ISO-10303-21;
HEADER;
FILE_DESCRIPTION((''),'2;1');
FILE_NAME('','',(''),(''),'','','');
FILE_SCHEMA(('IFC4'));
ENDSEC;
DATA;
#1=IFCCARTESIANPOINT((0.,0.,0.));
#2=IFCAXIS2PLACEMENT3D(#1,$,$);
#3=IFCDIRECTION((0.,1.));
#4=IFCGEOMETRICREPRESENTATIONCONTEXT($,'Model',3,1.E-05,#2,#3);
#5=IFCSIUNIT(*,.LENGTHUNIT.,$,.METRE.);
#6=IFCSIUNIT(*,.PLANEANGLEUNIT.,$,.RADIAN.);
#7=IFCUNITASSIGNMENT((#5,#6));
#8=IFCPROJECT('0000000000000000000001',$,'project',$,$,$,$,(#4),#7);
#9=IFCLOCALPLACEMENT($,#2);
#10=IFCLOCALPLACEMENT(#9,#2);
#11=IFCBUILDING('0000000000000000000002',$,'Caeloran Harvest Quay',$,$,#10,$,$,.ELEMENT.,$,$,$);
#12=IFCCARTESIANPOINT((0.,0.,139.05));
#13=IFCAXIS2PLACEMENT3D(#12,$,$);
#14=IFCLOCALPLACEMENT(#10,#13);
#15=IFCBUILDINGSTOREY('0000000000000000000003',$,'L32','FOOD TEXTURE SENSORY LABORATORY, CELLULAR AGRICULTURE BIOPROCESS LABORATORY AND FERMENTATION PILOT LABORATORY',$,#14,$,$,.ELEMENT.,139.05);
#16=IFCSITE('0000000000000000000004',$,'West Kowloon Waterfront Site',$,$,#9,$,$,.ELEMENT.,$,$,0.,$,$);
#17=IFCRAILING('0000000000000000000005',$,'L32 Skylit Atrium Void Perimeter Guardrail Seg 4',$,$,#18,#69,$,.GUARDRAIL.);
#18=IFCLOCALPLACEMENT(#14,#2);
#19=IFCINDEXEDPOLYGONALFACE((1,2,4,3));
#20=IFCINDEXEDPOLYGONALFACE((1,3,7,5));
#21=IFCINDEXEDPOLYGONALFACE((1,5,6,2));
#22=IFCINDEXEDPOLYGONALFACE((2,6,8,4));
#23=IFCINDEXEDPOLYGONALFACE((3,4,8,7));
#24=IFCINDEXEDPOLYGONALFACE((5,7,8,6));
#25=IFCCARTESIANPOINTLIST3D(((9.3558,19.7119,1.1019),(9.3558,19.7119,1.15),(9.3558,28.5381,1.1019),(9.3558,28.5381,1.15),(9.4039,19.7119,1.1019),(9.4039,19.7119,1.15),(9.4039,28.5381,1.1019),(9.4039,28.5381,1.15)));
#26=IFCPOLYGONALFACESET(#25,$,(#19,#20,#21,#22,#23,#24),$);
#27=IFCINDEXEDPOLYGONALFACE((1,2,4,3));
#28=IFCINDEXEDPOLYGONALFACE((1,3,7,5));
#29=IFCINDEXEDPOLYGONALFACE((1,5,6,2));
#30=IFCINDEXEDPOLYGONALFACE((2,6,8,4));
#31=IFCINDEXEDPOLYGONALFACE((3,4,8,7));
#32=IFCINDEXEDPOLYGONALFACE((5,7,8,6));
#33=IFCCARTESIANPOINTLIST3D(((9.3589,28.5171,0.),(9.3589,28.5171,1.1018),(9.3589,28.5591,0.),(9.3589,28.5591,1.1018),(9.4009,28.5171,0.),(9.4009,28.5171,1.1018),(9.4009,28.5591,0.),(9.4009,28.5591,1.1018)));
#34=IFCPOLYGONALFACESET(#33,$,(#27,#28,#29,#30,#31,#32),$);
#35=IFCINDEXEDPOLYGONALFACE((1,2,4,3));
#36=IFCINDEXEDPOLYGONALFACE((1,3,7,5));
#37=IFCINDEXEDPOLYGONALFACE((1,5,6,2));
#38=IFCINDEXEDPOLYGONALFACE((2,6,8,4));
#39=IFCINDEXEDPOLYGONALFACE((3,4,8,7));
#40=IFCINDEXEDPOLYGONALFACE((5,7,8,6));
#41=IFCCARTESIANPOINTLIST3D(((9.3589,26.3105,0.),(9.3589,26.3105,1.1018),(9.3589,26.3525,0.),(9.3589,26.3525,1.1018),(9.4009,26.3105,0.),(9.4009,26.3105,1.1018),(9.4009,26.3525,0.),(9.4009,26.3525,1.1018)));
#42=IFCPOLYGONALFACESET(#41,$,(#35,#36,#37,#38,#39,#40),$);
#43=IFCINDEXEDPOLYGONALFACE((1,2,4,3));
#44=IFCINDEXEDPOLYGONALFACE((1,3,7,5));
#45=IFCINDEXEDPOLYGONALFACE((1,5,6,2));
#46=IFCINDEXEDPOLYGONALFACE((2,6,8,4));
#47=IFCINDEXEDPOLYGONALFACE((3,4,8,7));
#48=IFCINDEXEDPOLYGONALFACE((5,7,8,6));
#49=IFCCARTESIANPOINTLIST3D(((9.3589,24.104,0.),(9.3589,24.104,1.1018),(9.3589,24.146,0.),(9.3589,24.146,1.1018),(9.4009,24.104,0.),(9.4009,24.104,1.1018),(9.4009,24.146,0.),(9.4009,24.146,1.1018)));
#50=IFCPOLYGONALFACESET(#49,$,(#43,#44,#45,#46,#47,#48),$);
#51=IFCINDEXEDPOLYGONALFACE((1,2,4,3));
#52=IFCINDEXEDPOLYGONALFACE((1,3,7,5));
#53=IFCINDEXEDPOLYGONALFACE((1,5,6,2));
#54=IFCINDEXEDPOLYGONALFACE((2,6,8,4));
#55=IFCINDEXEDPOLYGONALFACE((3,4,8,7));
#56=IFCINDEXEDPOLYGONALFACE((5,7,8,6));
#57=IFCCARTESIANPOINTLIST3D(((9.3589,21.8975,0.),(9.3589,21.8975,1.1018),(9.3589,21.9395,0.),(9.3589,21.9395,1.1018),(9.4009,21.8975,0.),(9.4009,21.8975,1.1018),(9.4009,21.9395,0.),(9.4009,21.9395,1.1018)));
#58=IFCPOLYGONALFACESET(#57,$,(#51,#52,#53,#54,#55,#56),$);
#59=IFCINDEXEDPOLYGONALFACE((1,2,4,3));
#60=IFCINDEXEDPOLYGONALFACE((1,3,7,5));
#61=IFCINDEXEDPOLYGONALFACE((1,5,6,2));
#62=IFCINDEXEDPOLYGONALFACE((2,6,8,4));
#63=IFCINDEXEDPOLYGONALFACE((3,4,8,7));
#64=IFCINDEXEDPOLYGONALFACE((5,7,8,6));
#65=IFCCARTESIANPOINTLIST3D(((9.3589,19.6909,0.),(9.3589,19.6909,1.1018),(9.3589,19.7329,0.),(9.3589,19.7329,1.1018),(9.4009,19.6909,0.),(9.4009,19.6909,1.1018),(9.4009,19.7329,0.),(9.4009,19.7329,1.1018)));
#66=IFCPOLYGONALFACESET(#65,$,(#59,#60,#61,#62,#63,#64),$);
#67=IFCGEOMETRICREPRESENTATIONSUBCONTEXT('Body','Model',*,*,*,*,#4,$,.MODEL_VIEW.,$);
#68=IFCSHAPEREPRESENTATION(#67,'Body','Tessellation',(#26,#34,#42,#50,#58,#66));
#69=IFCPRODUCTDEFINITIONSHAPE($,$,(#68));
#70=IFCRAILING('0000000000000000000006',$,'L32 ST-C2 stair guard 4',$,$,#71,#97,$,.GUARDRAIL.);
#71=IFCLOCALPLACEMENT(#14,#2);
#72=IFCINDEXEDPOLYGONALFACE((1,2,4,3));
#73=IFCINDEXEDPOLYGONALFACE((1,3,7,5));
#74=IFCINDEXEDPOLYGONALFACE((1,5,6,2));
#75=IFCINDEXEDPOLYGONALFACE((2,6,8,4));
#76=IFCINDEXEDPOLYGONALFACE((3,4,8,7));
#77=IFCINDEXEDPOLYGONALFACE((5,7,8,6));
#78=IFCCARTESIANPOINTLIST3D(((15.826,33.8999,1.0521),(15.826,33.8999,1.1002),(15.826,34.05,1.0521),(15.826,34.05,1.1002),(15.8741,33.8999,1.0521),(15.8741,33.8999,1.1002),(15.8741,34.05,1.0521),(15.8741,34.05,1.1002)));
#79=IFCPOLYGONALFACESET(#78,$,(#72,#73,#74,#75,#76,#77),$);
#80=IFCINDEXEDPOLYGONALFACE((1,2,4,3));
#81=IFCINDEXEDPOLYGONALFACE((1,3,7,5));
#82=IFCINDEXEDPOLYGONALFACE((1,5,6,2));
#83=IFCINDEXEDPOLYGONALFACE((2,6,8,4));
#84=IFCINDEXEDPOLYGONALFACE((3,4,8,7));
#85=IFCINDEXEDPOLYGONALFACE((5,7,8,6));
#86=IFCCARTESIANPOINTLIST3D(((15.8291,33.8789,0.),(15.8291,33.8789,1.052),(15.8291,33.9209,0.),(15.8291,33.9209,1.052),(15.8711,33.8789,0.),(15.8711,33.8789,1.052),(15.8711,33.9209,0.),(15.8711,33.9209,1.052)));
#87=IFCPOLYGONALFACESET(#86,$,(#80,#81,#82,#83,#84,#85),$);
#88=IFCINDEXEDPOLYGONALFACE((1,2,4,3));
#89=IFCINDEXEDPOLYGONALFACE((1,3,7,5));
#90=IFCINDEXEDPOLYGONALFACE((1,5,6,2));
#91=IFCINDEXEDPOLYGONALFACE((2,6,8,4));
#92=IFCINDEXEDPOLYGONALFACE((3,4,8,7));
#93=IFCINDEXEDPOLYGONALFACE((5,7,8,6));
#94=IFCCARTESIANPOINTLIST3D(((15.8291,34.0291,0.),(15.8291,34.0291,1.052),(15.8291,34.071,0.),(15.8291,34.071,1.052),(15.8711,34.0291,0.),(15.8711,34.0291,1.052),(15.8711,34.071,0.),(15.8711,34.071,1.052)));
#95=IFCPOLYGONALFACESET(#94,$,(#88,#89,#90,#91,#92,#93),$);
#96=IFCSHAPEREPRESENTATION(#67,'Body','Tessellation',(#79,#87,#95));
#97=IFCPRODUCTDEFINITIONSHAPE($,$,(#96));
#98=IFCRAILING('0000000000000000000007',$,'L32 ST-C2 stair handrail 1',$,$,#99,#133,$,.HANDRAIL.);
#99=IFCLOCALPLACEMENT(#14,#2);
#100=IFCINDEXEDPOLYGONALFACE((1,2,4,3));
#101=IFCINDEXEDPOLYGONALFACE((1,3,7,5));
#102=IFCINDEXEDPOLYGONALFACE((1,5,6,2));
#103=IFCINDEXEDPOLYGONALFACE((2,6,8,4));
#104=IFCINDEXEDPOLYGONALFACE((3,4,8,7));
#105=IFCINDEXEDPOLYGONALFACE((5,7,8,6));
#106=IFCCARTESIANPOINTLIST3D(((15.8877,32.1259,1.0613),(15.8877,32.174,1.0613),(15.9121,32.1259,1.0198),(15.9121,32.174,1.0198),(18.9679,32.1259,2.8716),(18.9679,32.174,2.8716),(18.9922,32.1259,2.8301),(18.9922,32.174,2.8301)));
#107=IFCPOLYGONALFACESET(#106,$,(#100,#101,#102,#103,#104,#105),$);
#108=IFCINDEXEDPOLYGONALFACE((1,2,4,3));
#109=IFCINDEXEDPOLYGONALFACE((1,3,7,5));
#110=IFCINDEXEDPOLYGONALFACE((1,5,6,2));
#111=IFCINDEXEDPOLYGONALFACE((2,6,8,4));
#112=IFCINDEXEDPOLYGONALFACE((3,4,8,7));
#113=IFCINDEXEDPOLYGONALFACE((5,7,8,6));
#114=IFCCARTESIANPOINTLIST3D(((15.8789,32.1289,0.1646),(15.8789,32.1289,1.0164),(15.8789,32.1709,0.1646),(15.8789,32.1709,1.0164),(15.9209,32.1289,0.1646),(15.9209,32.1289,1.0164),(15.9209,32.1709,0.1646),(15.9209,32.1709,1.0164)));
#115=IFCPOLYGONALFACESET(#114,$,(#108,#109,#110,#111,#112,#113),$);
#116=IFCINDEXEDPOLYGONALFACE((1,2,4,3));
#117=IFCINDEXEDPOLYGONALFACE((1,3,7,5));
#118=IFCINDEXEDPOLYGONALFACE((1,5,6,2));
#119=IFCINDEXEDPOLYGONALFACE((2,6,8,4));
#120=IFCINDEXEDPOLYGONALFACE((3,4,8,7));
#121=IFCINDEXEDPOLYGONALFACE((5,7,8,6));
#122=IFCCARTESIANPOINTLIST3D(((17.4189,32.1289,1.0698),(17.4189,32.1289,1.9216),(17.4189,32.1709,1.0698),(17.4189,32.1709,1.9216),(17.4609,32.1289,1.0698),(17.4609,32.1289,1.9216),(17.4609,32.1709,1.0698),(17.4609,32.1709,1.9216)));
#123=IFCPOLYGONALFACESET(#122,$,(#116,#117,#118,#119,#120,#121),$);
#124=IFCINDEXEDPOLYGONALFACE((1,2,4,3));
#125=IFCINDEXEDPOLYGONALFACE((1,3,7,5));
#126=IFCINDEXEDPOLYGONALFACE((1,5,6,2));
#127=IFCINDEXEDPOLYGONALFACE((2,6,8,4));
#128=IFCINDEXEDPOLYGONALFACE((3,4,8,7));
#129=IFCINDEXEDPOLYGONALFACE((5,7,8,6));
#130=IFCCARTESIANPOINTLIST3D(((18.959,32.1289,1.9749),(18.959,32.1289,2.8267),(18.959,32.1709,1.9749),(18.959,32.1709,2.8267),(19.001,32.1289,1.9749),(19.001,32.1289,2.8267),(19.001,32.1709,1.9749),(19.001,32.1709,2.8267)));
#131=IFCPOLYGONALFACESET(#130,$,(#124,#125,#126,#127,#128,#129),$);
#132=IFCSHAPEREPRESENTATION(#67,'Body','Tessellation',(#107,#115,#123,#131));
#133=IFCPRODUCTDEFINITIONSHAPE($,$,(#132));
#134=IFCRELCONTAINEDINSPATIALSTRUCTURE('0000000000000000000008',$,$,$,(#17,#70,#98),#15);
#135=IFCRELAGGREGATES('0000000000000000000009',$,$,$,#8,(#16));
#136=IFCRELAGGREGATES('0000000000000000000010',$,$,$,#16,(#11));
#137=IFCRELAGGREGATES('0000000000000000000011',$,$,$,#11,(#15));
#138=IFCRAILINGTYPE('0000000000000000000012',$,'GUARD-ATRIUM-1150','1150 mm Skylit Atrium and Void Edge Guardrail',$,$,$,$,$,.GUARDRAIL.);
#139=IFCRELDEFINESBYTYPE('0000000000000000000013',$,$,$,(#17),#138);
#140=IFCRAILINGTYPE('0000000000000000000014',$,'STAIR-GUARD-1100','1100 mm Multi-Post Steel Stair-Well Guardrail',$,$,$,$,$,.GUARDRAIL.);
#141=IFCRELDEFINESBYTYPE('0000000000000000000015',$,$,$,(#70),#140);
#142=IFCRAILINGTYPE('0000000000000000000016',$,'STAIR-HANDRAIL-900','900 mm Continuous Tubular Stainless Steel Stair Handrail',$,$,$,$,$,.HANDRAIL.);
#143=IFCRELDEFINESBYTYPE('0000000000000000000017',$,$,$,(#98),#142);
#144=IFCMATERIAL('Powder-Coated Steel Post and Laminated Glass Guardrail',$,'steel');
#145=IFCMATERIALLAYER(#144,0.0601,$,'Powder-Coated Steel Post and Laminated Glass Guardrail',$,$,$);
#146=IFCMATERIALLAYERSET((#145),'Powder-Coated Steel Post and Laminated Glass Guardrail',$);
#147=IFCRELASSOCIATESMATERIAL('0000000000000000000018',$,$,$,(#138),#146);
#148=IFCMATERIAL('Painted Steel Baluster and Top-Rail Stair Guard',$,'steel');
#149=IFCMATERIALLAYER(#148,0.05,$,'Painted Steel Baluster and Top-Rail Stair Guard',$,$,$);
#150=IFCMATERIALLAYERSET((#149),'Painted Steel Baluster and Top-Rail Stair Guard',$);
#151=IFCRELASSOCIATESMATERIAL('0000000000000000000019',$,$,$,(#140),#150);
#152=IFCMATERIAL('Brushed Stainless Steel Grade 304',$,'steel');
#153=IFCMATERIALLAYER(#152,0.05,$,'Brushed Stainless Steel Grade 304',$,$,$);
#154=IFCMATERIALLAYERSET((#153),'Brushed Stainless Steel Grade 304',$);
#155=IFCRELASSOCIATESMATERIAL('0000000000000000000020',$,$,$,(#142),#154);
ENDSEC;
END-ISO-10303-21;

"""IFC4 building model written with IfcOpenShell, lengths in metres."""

from ifc_helpers import new_model, si_unit, direction, frame, origin, origin_2d, place, context, subcontext, project, spatial, rectangle, extrude, material, layer, layer_set, type_object, element, save


model = new_model("IFC4")

# Units and contexts
model_context = context("Model", 3, precision=1e-05, world=origin(), true_north=direction((0.0, 1.0)))
body_context = subcontext(model_context, "Body", "Model", "MODEL_VIEW")
ifc_project = project(units=[si_unit("LENGTHUNIT", "METRE"), si_unit("PLANEANGLEUNIT", "RADIAN")], contexts=[model_context])

# Site, building, storey
site_placement = place(None, origin())
site = spatial("IfcSite", under=ifc_project, at=site_placement, Name="West Kowloon Waterfront Site", CompositionType="ELEMENT", RefElevation=0.0)
building_placement = place(site_placement, origin())
building = spatial("IfcBuilding", under=site, at=building_placement, Name="Caeloran Harvest Quay", CompositionType="ELEMENT")
storey_placement = place(building_placement, frame((0.0, 0.0, 139.05)))
storey = spatial("IfcBuildingStorey", under=building, at=storey_placement, Name="L32", Description="FOOD TEXTURE SENSORY LABORATORY, CELLULAR AGRICULTURE BIOPROCESS LABORATORY AND FERMENTATION PILOT LABORATORY", CompositionType="ELEMENT", Elevation=139.05)

# Railings
ifc_material_1 = material(Name="Powder-Coated Steel Post and Laminated Glass Guardrail", Category="steel")
ifc_layer_1 = layer(ifc_material_1, 0.0601, Name="Powder-Coated Steel Post and Laminated Glass Guardrail")
ifc_layer_set_1 = layer_set([ifc_layer_1], Name="Powder-Coated Steel Post and Laminated Glass Guardrail")
railing_type_1 = type_object("IfcRailingType", Name="GUARD-ATRIUM-1150", Description="1150 mm Skylit Atrium and Void Edge Guardrail", PredefinedType="GUARDRAIL", material=ifc_layer_set_1)
railing_1_placement = place(storey_placement, frame((9.3799, 28.5381, 0.0)))
element("IfcRailing", 1, at=railing_1_placement, inside=storey, type_object=railing_type_1, Name="L32 Skylit Atrium Void Perimeter Guardrail Seg 4", PredefinedType="GUARDRAIL", context=body_context, shape_type="SweptSolid", body=[
    extrude(rectangle(XDim=0.0481, YDim=0.0481, at=origin_2d()), frame((0.0, 0.0, 1.126), z_axis=(0.0, -1.0, 0.0), x_axis=(1.0, 0.0, 0.0)), (0.0, 0.0, 1.0), 8.8262),
    extrude(rectangle(XDim=0.042, YDim=0.042, at=origin_2d()), origin(), (0.0, 0.0, 1.0), 1.1018),
    extrude(rectangle(XDim=0.042, YDim=0.042, at=origin_2d()), frame((0.0, -2.2065, 0.0)), (0.0, 0.0, 1.0), 1.1018),
    extrude(rectangle(XDim=0.042, YDim=0.042, at=origin_2d()), frame((0.0, -4.4131, 0.0)), (0.0, 0.0, 1.0), 1.1018),
    extrude(rectangle(XDim=0.042, YDim=0.042, at=origin_2d()), frame((0.0, -6.6196, 0.0)), (0.0, 0.0, 1.0), 1.1018),
    extrude(rectangle(XDim=0.042, YDim=0.042, at=origin_2d()), frame((0.0, -8.8262, 0.0)), (0.0, 0.0, 1.0), 1.1018),
])
ifc_material_2 = material(Name="Painted Steel Baluster and Top-Rail Stair Guard", Category="steel")
ifc_layer_2 = layer(ifc_material_2, 0.05, Name="Painted Steel Baluster and Top-Rail Stair Guard")
ifc_layer_set_2 = layer_set([ifc_layer_2], Name="Painted Steel Baluster and Top-Rail Stair Guard")
railing_type_2 = type_object("IfcRailingType", Name="STAIR-GUARD-1100", Description="1100 mm Multi-Post Steel Stair-Well Guardrail", PredefinedType="GUARDRAIL", material=ifc_layer_set_2)
railing_2_placement = place(storey_placement, frame((15.8501, 33.8999, 0.0)))
element("IfcRailing", 2, at=railing_2_placement, inside=storey, type_object=railing_type_2, Name="L32 ST-C2 stair guard 4", PredefinedType="GUARDRAIL", context=body_context, shape_type="SweptSolid", body=[
    extrude(rectangle(XDim=0.0481, YDim=0.0481, at=origin_2d()), frame((0.0, 0.0, 1.0762), z_axis=(0.0, 1.0, 0.0), x_axis=(-1.0, 0.0, 0.0)), (0.0, 0.0, 1.0), 0.1501),
    extrude(rectangle(XDim=0.042, YDim=0.042, at=origin_2d()), origin(), (0.0, 0.0, 1.0), 1.052),
    extrude(rectangle(XDim=0.042, YDim=0.042, at=origin_2d()), frame((0.0, 0.1501, 0.0)), (0.0, 0.0, 1.0), 1.052),
])
ifc_material_3 = material(Name="Brushed Stainless Steel Grade 304", Category="steel")
ifc_layer_3 = layer(ifc_material_3, 0.05, Name="Brushed Stainless Steel Grade 304")
ifc_layer_set_3 = layer_set([ifc_layer_3], Name="Brushed Stainless Steel Grade 304")
railing_type_3 = type_object("IfcRailingType", Name="STAIR-HANDRAIL-900", Description="900 mm Continuous Tubular Stainless Steel Stair Handrail", PredefinedType="HANDRAIL", material=ifc_layer_set_3)
railing_3_placement = place(storey_placement, frame((15.8999, 32.1499, 0.1646)))
element("IfcRailing", 3, at=railing_3_placement, inside=storey, type_object=railing_type_3, Name="L32 ST-C2 stair handrail 1", PredefinedType="HANDRAIL", context=body_context, shape_type="SweptSolid", body=[
    extrude(rectangle(XDim=0.0481, YDim=0.0481, at=origin_2d()), frame((0.0, 0.0, 0.876), z_axis=(0.862119, 0.0, 0.506707), x_axis=(0.0, 1.0, 0.0)), (0.0, 0.0, 1.0), 3.5728),
    extrude(rectangle(XDim=0.042, YDim=0.042, at=origin_2d()), origin(), (0.0, 0.0, 1.0), 0.8518),
    extrude(rectangle(XDim=0.042, YDim=0.042, at=origin_2d()), frame((1.54, 0.0, 0.9053)), (0.0, 0.0, 1.0), 0.8518),
    extrude(rectangle(XDim=0.042, YDim=0.042, at=origin_2d()), frame((3.0801, 0.0, 1.8103)), (0.0, 0.0, 1.0), 0.8518),
])

save(model, "model.ifc")
